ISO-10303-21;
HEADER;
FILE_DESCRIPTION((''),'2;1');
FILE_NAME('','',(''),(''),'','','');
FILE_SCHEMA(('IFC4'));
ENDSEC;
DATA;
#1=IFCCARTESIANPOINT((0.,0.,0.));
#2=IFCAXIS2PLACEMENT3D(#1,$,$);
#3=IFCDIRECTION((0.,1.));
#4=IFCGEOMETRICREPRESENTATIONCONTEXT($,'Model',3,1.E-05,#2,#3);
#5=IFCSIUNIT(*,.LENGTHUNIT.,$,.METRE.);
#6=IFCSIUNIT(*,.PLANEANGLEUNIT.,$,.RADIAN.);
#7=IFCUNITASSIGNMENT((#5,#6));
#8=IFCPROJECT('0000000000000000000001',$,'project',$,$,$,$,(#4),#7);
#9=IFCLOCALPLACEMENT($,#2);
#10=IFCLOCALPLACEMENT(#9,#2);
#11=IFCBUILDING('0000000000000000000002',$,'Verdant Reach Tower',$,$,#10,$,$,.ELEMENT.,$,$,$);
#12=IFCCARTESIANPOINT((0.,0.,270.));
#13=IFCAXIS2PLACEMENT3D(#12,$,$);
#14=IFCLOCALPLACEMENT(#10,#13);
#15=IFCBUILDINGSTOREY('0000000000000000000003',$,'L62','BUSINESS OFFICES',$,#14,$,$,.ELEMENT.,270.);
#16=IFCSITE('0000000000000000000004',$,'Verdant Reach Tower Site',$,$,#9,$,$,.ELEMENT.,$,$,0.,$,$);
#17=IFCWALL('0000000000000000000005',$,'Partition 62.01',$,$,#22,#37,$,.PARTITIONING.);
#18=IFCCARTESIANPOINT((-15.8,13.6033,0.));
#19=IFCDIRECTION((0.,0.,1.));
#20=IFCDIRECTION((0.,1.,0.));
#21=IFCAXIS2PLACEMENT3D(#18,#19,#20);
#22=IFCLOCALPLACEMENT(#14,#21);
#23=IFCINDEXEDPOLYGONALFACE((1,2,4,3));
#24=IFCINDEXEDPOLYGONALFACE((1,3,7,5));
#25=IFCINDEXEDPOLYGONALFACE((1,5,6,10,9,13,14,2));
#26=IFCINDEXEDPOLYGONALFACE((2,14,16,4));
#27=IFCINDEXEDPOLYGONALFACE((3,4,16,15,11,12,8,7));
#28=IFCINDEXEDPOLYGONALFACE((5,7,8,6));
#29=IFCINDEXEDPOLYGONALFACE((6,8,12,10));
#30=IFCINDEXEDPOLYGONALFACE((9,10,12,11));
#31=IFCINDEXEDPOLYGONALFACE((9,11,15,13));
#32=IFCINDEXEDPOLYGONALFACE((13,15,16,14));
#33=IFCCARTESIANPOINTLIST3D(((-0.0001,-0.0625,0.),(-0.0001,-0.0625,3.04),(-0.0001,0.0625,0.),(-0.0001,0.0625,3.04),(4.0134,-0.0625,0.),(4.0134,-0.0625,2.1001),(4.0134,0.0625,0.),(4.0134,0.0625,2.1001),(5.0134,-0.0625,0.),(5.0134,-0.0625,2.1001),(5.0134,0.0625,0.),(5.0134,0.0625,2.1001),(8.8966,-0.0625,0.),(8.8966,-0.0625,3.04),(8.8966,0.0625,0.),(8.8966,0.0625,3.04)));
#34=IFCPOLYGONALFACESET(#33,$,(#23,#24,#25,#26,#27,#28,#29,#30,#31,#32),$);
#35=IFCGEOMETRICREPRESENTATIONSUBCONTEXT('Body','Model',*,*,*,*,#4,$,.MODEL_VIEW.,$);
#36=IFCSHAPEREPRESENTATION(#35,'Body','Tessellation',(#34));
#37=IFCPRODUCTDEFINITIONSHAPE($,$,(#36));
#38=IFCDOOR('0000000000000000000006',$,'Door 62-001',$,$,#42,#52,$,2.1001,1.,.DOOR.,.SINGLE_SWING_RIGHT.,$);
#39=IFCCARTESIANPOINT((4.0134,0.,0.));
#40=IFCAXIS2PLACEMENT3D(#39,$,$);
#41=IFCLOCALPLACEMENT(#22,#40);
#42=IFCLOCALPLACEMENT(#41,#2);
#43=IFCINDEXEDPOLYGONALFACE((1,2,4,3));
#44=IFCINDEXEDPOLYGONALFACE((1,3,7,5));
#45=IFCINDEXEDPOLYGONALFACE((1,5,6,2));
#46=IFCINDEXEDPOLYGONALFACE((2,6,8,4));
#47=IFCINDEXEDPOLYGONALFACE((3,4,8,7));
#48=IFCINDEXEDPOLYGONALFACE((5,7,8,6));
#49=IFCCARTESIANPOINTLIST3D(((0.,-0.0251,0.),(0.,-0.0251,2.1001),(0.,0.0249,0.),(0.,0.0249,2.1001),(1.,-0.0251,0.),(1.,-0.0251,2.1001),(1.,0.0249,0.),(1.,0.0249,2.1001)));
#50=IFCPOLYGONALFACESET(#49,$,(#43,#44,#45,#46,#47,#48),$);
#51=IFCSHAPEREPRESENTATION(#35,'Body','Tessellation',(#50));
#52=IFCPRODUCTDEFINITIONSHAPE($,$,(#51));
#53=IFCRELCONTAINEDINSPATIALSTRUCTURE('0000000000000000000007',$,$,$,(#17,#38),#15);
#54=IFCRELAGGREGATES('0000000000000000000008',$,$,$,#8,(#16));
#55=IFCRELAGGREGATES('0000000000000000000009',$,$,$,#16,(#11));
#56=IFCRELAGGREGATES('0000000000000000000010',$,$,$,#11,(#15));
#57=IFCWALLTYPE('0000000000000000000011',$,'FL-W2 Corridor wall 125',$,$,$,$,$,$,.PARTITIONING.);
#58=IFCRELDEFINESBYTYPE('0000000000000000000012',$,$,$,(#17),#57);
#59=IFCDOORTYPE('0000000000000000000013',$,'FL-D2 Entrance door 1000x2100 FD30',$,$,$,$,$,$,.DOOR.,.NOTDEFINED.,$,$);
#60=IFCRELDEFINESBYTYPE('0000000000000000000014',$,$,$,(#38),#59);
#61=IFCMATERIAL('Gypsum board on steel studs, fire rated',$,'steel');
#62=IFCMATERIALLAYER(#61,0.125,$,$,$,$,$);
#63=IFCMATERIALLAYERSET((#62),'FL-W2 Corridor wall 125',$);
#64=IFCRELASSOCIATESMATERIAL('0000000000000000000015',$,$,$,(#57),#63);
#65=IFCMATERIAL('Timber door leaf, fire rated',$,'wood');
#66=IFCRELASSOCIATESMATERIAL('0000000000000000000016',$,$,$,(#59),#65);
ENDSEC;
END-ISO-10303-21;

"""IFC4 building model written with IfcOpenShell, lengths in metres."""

from ifc_helpers import new_model, si_unit, direction, frame, frame_2d, origin, place, context, subcontext, project, spatial, rectangle, extrude, material, layer, layer_set, type_object, element, fill, save


model = new_model("IFC4")

# Units and contexts
model_context = context("Model", 3, precision=1e-05, world=origin(), true_north=direction((0.0, 1.0)))
body_context = subcontext(model_context, "Body", "Model", "MODEL_VIEW")
ifc_project = project(units=[si_unit("LENGTHUNIT", "METRE"), si_unit("PLANEANGLEUNIT", "RADIAN")], contexts=[model_context])

# Site, building, storey
site_placement = place(None, origin())
site = spatial("IfcSite", under=ifc_project, at=site_placement, Name="Verdant Reach Tower Site", CompositionType="ELEMENT", RefElevation=0.0)
building_placement = place(site_placement, origin())
building = spatial("IfcBuilding", under=site, at=building_placement, Name="Verdant Reach Tower", CompositionType="ELEMENT")
storey_placement = place(building_placement, frame((0.0, 0.0, 270.0)))
storey = spatial("IfcBuildingStorey", under=building, at=storey_placement, Name="L62", Description="BUSINESS OFFICES", CompositionType="ELEMENT", Elevation=270.0)

# Wall, opening, door
ifc_material_1 = material(Name="Gypsum board on steel studs, fire rated", Category="steel")
ifc_layer_1 = layer(ifc_material_1, 0.125)
ifc_layer_set_1 = layer_set([ifc_layer_1], Name="FL-W2 Corridor wall 125")
wall_type_1 = type_object("IfcWallType", Name="FL-W2 Corridor wall 125", PredefinedType="PARTITIONING", material=ifc_layer_set_1)
wall_1_placement = place(storey_placement, frame((-15.8, 13.6033, 0.0), z_axis=(0.0, 0.0, 1.0), x_axis=(0.0, 1.0, 0.0)))
wall_1 = element("IfcWall", 1, at=wall_1_placement, inside=storey, type_object=wall_type_1, Name="Partition 62.01", PredefinedType="PARTITIONING", context=body_context, shape_type="SweptSolid", body=[
    extrude(rectangle(XDim=8.8967, YDim=0.125, at=frame_2d((4.4482, 0.0))), origin(), (0.0, 0.0, 1.0), 3.04),
])
opening_1_placement = place(wall_1_placement, frame((4.0134, 0.0, 0.0)))
opening_1 = element("IfcOpeningElement", 2, at=opening_1_placement, cuts=wall_1, PredefinedType="OPENING", context=body_context, shape_type="SweptSolid", body=[
    extrude(rectangle(XDim=1.0, YDim=2.1001, at=frame_2d((0.5, 1.05))), frame((0.0, 0.0725, 0.0), z_axis=(0.0, -1.0, 0.0), x_axis=(1.0, 0.0, 0.0)), (0.0, 0.0, 1.0), 0.145),
])
ifc_material_2 = material(Name="Timber door leaf, fire rated", Category="wood")
door_type = type_object("IfcDoorType", Name="FL-D2 Entrance door 1000x2100 FD30", OperationType="NOTDEFINED", PredefinedType="DOOR", material=ifc_material_2)
door_1_placement = place(opening_1_placement, origin())
door_1 = element("IfcDoor", 3, at=door_1_placement, inside=storey, type_object=door_type, Name="Door 62-001", OperationType="SINGLE_SWING_RIGHT", OverallHeight=2.1001, OverallWidth=1.0, PredefinedType="DOOR", context=body_context, shape_type="SweptSolid", body=[
    extrude(rectangle(XDim=1.0, YDim=2.1001, at=frame_2d((0.5, 1.05))), frame((0.0, 0.0249, 0.0), z_axis=(0.0, -1.0, 0.0), x_axis=(1.0, 0.0, 0.0)), (0.0, 0.0, 1.0), 0.05),
])
fill(opening_1, door_1)

save(model, "model.ifc")
